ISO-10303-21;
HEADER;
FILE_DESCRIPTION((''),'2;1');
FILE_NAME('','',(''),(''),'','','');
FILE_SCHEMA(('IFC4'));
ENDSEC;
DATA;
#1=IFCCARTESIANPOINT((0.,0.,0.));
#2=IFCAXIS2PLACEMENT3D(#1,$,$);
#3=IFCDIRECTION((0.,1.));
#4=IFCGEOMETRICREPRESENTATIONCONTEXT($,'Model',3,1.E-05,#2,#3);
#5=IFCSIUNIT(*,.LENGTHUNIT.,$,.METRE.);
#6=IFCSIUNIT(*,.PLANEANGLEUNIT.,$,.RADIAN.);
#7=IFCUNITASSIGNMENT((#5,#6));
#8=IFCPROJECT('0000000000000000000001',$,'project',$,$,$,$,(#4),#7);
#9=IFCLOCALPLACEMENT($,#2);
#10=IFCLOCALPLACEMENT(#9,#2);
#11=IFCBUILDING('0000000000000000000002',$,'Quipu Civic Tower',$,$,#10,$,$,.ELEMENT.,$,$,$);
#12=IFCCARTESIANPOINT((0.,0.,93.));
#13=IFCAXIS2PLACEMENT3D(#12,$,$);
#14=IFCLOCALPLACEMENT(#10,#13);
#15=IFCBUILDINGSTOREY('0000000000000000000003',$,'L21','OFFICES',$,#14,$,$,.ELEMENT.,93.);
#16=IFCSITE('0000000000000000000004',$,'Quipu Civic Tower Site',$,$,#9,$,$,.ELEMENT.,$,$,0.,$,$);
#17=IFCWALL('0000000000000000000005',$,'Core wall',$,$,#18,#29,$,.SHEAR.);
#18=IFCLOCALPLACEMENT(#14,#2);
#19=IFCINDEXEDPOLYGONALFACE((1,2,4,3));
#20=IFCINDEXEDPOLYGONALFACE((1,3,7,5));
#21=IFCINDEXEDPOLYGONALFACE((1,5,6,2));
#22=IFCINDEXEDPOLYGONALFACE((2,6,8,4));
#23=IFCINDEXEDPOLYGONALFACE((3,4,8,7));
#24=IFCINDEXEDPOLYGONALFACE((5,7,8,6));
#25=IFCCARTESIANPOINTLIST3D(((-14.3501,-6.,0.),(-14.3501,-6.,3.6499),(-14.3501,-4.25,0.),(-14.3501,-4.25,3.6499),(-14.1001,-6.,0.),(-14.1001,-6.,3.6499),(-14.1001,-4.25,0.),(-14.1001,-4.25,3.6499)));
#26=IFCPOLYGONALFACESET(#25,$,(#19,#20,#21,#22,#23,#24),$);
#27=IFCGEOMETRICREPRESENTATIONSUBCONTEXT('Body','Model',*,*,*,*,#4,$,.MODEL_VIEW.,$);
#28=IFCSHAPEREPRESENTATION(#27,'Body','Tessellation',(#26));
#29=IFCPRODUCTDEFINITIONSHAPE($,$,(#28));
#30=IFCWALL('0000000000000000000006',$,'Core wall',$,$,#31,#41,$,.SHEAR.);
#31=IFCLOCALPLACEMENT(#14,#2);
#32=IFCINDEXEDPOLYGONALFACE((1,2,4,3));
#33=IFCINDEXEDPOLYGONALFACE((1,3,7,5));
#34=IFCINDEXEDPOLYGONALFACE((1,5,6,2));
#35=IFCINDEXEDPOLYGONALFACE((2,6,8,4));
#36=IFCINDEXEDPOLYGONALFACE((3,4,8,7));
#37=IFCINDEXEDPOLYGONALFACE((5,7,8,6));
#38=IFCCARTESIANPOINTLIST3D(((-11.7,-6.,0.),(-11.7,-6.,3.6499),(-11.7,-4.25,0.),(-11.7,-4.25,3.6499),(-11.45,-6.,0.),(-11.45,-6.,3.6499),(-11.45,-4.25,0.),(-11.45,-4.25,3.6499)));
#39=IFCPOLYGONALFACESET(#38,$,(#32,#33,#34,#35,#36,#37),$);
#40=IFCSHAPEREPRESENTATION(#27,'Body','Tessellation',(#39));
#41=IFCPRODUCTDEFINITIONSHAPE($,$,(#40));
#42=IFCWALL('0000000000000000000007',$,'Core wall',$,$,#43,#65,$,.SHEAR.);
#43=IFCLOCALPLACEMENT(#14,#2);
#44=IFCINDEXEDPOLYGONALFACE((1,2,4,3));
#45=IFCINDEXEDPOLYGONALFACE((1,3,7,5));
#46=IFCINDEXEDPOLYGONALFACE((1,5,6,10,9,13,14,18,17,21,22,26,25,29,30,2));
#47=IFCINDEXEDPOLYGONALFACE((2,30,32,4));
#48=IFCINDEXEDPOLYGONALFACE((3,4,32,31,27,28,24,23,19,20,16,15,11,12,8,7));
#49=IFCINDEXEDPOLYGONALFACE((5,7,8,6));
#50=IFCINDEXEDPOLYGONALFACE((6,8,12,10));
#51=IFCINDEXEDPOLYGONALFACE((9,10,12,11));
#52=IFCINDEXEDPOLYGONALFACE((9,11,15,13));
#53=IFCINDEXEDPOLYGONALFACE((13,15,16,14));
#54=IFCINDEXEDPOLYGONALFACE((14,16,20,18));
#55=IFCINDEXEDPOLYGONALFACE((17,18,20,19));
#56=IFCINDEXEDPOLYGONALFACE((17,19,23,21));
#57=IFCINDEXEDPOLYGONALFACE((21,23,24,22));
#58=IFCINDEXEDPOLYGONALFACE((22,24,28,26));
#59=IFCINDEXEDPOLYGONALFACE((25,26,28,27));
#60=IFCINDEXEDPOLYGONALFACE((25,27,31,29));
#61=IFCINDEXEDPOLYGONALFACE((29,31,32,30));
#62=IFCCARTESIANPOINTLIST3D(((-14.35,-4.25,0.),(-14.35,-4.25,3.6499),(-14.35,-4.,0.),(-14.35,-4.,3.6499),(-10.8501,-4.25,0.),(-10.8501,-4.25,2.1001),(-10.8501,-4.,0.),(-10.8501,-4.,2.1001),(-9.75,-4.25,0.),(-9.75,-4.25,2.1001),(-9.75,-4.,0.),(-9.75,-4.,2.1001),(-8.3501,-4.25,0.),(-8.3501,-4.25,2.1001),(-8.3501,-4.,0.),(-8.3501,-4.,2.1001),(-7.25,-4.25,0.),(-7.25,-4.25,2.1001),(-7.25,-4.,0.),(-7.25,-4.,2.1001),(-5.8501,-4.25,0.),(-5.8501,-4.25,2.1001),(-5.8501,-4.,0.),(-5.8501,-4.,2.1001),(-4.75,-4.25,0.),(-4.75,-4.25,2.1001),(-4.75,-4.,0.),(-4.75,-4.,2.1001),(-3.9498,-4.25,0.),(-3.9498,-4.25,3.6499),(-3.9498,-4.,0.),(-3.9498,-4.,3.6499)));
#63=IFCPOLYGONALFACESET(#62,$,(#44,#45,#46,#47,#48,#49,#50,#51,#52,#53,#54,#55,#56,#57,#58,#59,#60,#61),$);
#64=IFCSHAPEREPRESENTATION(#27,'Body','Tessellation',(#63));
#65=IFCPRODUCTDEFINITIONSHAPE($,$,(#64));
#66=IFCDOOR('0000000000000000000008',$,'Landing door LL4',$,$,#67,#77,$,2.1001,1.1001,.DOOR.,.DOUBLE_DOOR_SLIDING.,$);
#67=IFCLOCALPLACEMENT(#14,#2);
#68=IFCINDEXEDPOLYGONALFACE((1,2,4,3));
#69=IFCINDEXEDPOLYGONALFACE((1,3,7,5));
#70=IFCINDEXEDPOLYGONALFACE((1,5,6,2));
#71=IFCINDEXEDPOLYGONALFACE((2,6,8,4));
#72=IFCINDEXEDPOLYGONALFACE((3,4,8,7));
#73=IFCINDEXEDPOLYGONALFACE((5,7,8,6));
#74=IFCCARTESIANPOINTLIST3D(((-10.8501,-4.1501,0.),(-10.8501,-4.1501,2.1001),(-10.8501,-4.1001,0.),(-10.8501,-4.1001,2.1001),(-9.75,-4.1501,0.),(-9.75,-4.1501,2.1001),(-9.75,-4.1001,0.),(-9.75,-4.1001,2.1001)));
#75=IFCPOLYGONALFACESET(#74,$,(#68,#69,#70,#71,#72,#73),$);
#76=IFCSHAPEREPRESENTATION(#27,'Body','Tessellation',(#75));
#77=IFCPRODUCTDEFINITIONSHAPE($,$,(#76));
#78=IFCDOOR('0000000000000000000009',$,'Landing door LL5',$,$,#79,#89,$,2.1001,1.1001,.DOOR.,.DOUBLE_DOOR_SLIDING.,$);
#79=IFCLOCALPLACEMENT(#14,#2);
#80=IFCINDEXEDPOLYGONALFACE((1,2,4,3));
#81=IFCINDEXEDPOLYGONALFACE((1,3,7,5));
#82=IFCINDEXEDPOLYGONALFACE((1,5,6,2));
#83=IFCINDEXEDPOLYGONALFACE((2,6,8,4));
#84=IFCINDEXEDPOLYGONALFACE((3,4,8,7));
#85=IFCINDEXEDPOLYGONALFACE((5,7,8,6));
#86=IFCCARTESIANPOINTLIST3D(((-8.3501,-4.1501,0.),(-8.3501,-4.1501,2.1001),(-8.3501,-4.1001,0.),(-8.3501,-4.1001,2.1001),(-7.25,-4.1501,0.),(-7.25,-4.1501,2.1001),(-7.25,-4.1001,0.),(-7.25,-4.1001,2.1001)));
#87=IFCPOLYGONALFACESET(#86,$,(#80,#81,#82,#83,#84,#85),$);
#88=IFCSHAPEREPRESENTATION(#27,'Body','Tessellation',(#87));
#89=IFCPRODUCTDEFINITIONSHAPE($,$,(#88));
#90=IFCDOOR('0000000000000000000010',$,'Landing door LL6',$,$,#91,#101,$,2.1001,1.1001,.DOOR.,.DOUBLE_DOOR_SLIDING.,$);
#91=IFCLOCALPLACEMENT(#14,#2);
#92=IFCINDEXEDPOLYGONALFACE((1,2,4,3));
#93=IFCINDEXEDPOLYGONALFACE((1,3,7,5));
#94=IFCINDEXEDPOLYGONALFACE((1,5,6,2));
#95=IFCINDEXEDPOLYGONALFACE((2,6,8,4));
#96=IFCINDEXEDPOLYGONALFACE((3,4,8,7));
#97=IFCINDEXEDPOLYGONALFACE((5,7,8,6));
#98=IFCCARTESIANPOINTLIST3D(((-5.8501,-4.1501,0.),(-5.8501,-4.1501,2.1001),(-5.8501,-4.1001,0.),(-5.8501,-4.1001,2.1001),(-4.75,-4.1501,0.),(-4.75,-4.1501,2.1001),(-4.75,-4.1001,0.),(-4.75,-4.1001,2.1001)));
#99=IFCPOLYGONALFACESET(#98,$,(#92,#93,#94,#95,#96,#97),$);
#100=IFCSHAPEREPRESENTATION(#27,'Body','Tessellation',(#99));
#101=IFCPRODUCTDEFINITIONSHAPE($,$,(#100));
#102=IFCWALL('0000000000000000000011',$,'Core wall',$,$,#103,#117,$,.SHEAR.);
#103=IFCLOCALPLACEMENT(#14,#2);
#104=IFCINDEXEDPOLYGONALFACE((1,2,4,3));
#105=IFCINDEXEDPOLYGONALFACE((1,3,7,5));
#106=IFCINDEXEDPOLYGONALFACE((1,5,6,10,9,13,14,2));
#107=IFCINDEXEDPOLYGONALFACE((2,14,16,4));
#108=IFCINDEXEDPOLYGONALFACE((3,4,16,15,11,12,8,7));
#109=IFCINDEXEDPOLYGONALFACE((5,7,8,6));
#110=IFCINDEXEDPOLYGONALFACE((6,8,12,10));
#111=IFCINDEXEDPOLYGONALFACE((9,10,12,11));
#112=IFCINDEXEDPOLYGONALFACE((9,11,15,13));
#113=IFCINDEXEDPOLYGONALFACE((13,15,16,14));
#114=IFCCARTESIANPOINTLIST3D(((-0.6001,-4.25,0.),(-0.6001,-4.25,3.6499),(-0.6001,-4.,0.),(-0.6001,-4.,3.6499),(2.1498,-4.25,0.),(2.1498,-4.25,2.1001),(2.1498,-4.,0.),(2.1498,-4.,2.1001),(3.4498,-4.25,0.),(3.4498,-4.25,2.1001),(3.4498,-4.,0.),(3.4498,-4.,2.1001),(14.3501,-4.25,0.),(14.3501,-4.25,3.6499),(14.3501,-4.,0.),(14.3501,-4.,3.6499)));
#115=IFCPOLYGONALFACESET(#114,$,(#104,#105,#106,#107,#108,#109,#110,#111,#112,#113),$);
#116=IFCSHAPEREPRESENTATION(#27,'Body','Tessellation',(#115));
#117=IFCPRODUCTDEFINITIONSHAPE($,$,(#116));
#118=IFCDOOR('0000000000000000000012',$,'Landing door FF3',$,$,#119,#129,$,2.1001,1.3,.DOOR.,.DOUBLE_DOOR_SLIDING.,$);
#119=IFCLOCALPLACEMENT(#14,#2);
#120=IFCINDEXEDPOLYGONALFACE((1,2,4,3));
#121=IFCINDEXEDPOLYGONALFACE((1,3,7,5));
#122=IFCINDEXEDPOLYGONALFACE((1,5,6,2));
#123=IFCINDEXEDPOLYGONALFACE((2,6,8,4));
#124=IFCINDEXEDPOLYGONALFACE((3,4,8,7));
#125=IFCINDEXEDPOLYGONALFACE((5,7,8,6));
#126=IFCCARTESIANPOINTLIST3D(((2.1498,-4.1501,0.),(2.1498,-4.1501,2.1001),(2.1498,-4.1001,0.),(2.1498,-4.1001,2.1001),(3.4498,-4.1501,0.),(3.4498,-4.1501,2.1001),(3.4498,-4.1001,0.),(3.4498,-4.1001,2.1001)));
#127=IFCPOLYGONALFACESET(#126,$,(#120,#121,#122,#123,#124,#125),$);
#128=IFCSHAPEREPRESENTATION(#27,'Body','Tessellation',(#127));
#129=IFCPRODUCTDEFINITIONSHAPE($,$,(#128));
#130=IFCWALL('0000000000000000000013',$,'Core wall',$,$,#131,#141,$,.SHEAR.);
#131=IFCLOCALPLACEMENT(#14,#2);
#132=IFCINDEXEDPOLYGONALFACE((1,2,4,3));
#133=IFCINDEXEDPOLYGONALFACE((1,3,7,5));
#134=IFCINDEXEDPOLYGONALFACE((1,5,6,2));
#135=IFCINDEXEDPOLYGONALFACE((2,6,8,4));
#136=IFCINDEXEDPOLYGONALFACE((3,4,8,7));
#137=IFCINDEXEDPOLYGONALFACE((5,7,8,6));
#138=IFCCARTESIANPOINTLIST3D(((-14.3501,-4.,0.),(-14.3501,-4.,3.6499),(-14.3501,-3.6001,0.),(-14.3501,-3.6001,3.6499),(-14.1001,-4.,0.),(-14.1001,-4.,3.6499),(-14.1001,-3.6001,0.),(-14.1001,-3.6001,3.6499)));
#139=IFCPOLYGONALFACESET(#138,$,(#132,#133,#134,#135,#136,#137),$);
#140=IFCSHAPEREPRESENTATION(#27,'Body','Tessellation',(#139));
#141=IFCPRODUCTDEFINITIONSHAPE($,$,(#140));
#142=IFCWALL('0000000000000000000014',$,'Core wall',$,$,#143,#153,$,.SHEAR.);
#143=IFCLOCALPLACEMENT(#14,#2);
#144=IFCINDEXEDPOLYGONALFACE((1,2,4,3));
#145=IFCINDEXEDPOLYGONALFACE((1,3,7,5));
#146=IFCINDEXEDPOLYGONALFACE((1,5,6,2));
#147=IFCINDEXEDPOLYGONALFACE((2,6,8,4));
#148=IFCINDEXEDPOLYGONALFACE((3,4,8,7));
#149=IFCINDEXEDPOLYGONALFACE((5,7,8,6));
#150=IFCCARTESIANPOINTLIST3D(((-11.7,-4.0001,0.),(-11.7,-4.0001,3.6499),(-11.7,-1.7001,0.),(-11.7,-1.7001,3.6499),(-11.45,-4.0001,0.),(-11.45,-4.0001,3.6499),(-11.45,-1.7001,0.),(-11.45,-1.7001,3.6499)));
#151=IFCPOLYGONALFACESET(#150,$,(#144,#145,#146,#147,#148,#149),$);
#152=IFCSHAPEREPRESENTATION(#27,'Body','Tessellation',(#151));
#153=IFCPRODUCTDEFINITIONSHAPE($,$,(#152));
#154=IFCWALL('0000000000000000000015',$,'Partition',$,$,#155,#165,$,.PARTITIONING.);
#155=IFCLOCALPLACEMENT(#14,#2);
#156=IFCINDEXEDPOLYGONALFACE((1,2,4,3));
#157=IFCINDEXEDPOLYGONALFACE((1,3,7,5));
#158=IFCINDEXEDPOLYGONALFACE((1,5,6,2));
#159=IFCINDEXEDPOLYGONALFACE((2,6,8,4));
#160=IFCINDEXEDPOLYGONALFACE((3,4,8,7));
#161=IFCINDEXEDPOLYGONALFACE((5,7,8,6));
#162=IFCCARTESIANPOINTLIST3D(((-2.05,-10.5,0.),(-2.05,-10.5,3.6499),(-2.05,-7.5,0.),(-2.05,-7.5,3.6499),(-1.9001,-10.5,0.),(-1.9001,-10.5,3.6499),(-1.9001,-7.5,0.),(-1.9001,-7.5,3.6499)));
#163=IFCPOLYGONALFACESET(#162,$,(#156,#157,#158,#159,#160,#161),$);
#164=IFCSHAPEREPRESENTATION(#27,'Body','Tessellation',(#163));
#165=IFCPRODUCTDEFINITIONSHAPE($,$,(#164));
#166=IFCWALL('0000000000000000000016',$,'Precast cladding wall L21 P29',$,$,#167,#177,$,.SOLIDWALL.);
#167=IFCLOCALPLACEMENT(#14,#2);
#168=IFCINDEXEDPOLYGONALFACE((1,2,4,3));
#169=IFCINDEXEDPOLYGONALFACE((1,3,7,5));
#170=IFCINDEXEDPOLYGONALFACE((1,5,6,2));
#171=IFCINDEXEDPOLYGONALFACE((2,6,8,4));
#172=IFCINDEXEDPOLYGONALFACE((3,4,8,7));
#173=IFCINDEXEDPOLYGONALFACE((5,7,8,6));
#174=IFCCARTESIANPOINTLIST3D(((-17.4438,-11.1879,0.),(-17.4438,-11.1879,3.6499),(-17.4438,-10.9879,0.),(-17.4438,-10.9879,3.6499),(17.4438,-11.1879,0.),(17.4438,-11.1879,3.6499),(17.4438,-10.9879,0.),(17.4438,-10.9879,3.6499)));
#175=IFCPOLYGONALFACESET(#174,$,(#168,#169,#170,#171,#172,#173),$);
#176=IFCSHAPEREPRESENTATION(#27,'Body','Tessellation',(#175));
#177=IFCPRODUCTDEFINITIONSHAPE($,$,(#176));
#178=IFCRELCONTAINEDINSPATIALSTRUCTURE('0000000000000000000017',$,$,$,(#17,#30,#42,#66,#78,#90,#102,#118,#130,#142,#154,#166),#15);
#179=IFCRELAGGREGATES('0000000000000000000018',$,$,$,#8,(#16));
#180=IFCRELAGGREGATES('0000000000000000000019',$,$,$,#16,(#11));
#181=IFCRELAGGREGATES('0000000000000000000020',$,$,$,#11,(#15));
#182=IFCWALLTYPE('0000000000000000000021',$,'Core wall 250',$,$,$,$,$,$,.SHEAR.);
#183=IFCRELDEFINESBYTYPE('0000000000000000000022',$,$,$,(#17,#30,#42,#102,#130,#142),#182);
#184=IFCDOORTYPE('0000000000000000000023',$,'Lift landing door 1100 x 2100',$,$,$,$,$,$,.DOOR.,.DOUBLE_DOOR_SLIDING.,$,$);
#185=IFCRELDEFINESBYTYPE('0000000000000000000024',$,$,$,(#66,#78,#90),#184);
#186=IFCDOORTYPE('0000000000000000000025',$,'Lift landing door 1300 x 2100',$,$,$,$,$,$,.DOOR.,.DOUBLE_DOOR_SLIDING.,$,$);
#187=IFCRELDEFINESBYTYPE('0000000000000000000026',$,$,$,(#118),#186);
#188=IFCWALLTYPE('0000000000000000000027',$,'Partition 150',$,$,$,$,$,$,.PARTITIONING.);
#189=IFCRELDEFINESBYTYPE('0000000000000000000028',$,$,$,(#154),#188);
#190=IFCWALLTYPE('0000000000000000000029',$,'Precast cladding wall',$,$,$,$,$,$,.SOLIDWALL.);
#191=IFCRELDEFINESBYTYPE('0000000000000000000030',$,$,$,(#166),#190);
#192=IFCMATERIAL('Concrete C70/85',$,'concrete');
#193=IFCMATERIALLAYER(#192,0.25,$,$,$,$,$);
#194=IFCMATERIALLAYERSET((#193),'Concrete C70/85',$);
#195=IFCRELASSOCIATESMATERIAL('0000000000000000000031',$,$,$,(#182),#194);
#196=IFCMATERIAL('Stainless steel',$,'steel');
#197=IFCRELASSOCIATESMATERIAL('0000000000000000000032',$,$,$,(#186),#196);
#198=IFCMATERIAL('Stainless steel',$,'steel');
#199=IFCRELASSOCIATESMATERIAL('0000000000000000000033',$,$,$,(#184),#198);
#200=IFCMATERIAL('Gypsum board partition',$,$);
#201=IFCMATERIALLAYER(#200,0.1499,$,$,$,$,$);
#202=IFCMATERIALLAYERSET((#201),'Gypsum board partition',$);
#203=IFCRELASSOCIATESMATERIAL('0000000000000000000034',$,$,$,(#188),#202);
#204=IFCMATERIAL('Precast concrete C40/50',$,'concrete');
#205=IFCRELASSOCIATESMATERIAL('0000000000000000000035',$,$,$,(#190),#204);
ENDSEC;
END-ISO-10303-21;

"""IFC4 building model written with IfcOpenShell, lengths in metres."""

from ifc_helpers import new_model, si_unit, direction, frame, frame_2d, origin, place, context, subcontext, project, spatial, rectangle, extrude, material, layer, layer_set, type_object, element, fill, save


model = new_model("IFC4")

# Units and contexts
model_context = context("Model", 3, precision=1e-05, world=origin(), true_north=direction((0.0, 1.0)))
body_context = subcontext(model_context, "Body", "Model", "MODEL_VIEW")
ifc_project = project(units=[si_unit("LENGTHUNIT", "METRE"), si_unit("PLANEANGLEUNIT", "RADIAN")], contexts=[model_context])

# Site, building, storey
site_placement = place(None, origin())
site = spatial("IfcSite", under=ifc_project, at=site_placement, Name="Quipu Civic Tower Site", CompositionType="ELEMENT", RefElevation=0.0)
building_placement = place(site_placement, origin())
building = spatial("IfcBuilding", under=site, at=building_placement, Name="Quipu Civic Tower", CompositionType="ELEMENT")
storey_placement = place(building_placement, frame((0.0, 0.0, 93.0)))
storey = spatial("IfcBuildingStorey", under=building, at=storey_placement, Name="L21", Description="OFFICES", CompositionType="ELEMENT", Elevation=93.0)

# Shared definitions
ifc_material_1 = material(Name="Concrete C70/85", Category="concrete")
ifc_layer_1 = layer(ifc_material_1, 0.25)
ifc_layer_set_1 = layer_set([ifc_layer_1], Name="Concrete C70/85")
wall_type_1 = type_object("IfcWallType", Name="Core wall 250", PredefinedType="SHEAR", material=ifc_layer_set_1)

# Shared definitions
ifc_material_2 = material(Name="Stainless steel", Category="steel")
door_type_1 = type_object("IfcDoorType", Name="Lift landing door 1300 x 2100", OperationType="DOUBLE_DOOR_SLIDING", PredefinedType="DOOR", material=ifc_material_2)

# Walls
for number, where, z_axis, x_axis, name in (
    (1, (-14.2251, -6.0, 0.0), (0.0, 0.0, 1.0), (0.0, 1.0, 0.0), "Core wall"),
    (2, (-11.575, -6.0, 0.0), (0.0, 0.0, 1.0), (0.0, 1.0, 0.0), "Core wall"),
):
    element("IfcWall", number, at=place(storey_placement, frame(where, z_axis=z_axis, x_axis=x_axis)), inside=storey, type_object=wall_type_1, Name=name, PredefinedType="SHEAR", context=body_context, shape_type="SweptSolid", body=[
        extrude(rectangle(XDim=1.75, YDim=0.25, at=frame_2d((0.875, 0.0))), origin(), (0.0, 0.0, 1.0), 3.6499),
    ])

# Wall, openings, doors
wall_1_placement = place(storey_placement, frame((-14.3501, -4.125, 0.0), z_axis=(0.0, 0.0, 1.0), x_axis=(1.0, 0.0, 0.0)))
wall_1 = element("IfcWall", 3, at=wall_1_placement, inside=storey, type_object=wall_type_1, Name="Core wall", PredefinedType="SHEAR", context=body_context, shape_type="SweptSolid", body=[
    extrude(rectangle(XDim=10.4001, YDim=0.25, at=frame_2d((5.2002, 0.0))), origin(), (0.0, 0.0, 1.0), 3.6499),
])
opening_1_placement = place(wall_1_placement, frame((3.5, 0.0, 0.0)))
opening_1 = element("IfcOpeningElement", 4, at=opening_1_placement, cuts=wall_1, PredefinedType="OPENING", context=body_context, shape_type="SweptSolid", body=[
    extrude(rectangle(XDim=1.1001, YDim=2.1001, at=frame_2d((0.55, 1.05))), frame((0.0, 0.135, 0.0), z_axis=(0.0, -1.0, 0.0), x_axis=(1.0, 0.0, 0.0)), (0.0, 0.0, 1.0), 0.27),
])
opening_2_placement = place(wall_1_placement, frame((6.0, 0.0, 0.0)))
opening_2 = element("IfcOpeningElement", 5, at=opening_2_placement, cuts=wall_1, PredefinedType="OPENING", context=body_context, shape_type="SweptSolid", body=[
    extrude(rectangle(XDim=1.1001, YDim=2.1001, at=frame_2d((0.55, 1.05))), frame((0.0, 0.135, 0.0), z_axis=(0.0, -1.0, 0.0), x_axis=(1.0, 0.0, 0.0)), (0.0, 0.0, 1.0), 0.27),
])
opening_3_placement = place(wall_1_placement, frame((8.5, 0.0, 0.0)))
opening_3 = element("IfcOpeningElement", 6, at=opening_3_placement, cuts=wall_1, PredefinedType="OPENING", context=body_context, shape_type="SweptSolid", body=[
    extrude(rectangle(XDim=1.1001, YDim=2.1001, at=frame_2d((0.55, 1.05))), frame((0.0, 0.135, 0.0), z_axis=(0.0, -1.0, 0.0), x_axis=(1.0, 0.0, 0.0)), (0.0, 0.0, 1.0), 0.27),
])
ifc_material_3 = material(Name="Stainless steel", Category="steel")
door_type_2 = type_object("IfcDoorType", Name="Lift landing door 1100 x 2100", OperationType="DOUBLE_DOOR_SLIDING", PredefinedType="DOOR", material=ifc_material_3)
door_1_placement = place(opening_1_placement, origin())
door_1 = element("IfcDoor", 7, at=door_1_placement, inside=storey, type_object=door_type_2, Name="Landing door LL4", OperationType="DOUBLE_DOOR_SLIDING", OverallHeight=2.1001, OverallWidth=1.1001, PredefinedType="DOOR", context=body_context, shape_type="SweptSolid", body=[
    extrude(rectangle(XDim=1.1001, YDim=2.1001, at=frame_2d((0.55, 1.05))), frame((0.0, 0.0249, 0.0), z_axis=(0.0, -1.0, 0.0), x_axis=(1.0, 0.0, 0.0)), (0.0, 0.0, 1.0), 0.05),
])
fill(opening_1, door_1)
door_2_placement = place(opening_2_placement, origin())
door_2 = element("IfcDoor", 8, at=door_2_placement, inside=storey, type_object=door_type_2, Name="Landing door LL5", OperationType="DOUBLE_DOOR_SLIDING", OverallHeight=2.1001, OverallWidth=1.1001, PredefinedType="DOOR", context=body_context, shape_type="SweptSolid", body=[
    extrude(rectangle(XDim=1.1001, YDim=2.1001, at=frame_2d((0.55, 1.05))), frame((0.0, 0.0249, 0.0), z_axis=(0.0, -1.0, 0.0), x_axis=(1.0, 0.0, 0.0)), (0.0, 0.0, 1.0), 0.05),
])
fill(opening_2, door_2)
door_3_placement = place(opening_3_placement, origin())
door_3 = element("IfcDoor", 9, at=door_3_placement, inside=storey, type_object=door_type_2, Name="Landing door LL6", OperationType="DOUBLE_DOOR_SLIDING", OverallHeight=2.1001, OverallWidth=1.1001, PredefinedType="DOOR", context=body_context, shape_type="SweptSolid", body=[
    extrude(rectangle(XDim=1.1001, YDim=2.1001, at=frame_2d((0.55, 1.05))), frame((0.0, 0.0249, 0.0), z_axis=(0.0, -1.0, 0.0), x_axis=(1.0, 0.0, 0.0)), (0.0, 0.0, 1.0), 0.05),
])
fill(opening_3, door_3)

# Wall, opening, door
wall_2_placement = place(storey_placement, frame((-0.6001, -4.125, 0.0), z_axis=(0.0, 0.0, 1.0), x_axis=(1.0, 0.0, 0.0)))
wall_2 = element("IfcWall", 10, at=wall_2_placement, inside=storey, type_object=wall_type_1, Name="Core wall", PredefinedType="SHEAR", context=body_context, shape_type="SweptSolid", body=[
    extrude(rectangle(XDim=14.9502, YDim=0.25, at=frame_2d((7.4751, 0.0))), origin(), (0.0, 0.0, 1.0), 3.6499),
])
opening_4_placement = place(wall_2_placement, frame((2.75, 0.0, 0.0)))
opening_4 = element("IfcOpeningElement", 11, at=opening_4_placement, cuts=wall_2, PredefinedType="OPENING", context=body_context, shape_type="SweptSolid", body=[
    extrude(rectangle(XDim=1.3, YDim=2.1001, at=frame_2d((0.6499, 1.05))), frame((0.0, 0.135, 0.0), z_axis=(0.0, -1.0, 0.0), x_axis=(1.0, 0.0, 0.0)), (0.0, 0.0, 1.0), 0.27),
])
door_4_placement = place(opening_4_placement, origin())
door_4 = element("IfcDoor", 12, at=door_4_placement, inside=storey, type_object=door_type_1, Name="Landing door FF3", OperationType="DOUBLE_DOOR_SLIDING", OverallHeight=2.1001, OverallWidth=1.3, PredefinedType="DOOR", context=body_context, shape_type="SweptSolid", body=[
    extrude(rectangle(XDim=1.3, YDim=2.1001, at=frame_2d((0.6499, 1.05))), frame((0.0, 0.0249, 0.0), z_axis=(0.0, -1.0, 0.0), x_axis=(1.0, 0.0, 0.0)), (0.0, 0.0, 1.0), 0.05),
])
fill(opening_4, door_4)

# Walls
wall_3_placement = place(storey_placement, frame((-14.2251, -4.0, 0.0), z_axis=(0.0, 0.0, 1.0), x_axis=(0.0, 1.0, 0.0)))
element("IfcWall", 13, at=wall_3_placement, inside=storey, type_object=wall_type_1, Name="Core wall", PredefinedType="SHEAR", context=body_context, shape_type="SweptSolid", body=[
    extrude(rectangle(XDim=0.3999, YDim=0.25, at=frame_2d((0.2, 0.0))), origin(), (0.0, 0.0, 1.0), 3.6499),
])
wall_4_placement = place(storey_placement, frame((-11.575, -4.0, 0.0), z_axis=(0.0, 0.0, 1.0), x_axis=(0.0, 1.0, 0.0)))
element("IfcWall", 14, at=wall_4_placement, inside=storey, type_object=wall_type_1, Name="Core wall", PredefinedType="SHEAR", context=body_context, shape_type="SweptSolid", body=[
    extrude(rectangle(XDim=2.3, YDim=0.25, at=frame_2d((1.1499, 0.0))), origin(), (0.0, 0.0, 1.0), 3.6499),
])
ifc_material_4 = material(Name="Gypsum board partition")
ifc_layer_2 = layer(ifc_material_4, 0.1499)
ifc_layer_set_2 = layer_set([ifc_layer_2], Name="Gypsum board partition")
wall_type_2 = type_object("IfcWallType", Name="Partition 150", PredefinedType="PARTITIONING", material=ifc_layer_set_2)
wall_5_placement = place(storey_placement, frame((-1.9751, -10.5, 0.0), z_axis=(0.0, 0.0, 1.0), x_axis=(0.0, 1.0, 0.0)))
element("IfcWall", 15, at=wall_5_placement, inside=storey, type_object=wall_type_2, Name="Partition", PredefinedType="PARTITIONING", context=body_context, shape_type="SweptSolid", body=[
    extrude(rectangle(XDim=3.0, YDim=0.1499, at=frame_2d((1.5, 0.0))), origin(), (0.0, 0.0, 1.0), 3.6499),
])
ifc_material_5 = material(Name="Precast concrete C40/50", Category="concrete")
wall_type_3 = type_object("IfcWallType", Name="Precast cladding wall", PredefinedType="SOLIDWALL", material=ifc_material_5)
wall_6_placement = place(storey_placement, frame((-17.4438, -11.0879, 0.0), z_axis=(0.0, 0.0, 1.0), x_axis=(1.0, 0.0, 0.0)))
element("IfcWall", 16, at=wall_6_placement, inside=storey, type_object=wall_type_3, Name="Precast cladding wall L21 P29", PredefinedType="SOLIDWALL", context=body_context, shape_type="SweptSolid", body=[
    extrude(rectangle(XDim=34.8877, YDim=0.2, at=frame_2d((17.4438, 0.0))), origin(), (0.0, 0.0, 1.0), 3.6499),
])

save(model, "model.ifc")
